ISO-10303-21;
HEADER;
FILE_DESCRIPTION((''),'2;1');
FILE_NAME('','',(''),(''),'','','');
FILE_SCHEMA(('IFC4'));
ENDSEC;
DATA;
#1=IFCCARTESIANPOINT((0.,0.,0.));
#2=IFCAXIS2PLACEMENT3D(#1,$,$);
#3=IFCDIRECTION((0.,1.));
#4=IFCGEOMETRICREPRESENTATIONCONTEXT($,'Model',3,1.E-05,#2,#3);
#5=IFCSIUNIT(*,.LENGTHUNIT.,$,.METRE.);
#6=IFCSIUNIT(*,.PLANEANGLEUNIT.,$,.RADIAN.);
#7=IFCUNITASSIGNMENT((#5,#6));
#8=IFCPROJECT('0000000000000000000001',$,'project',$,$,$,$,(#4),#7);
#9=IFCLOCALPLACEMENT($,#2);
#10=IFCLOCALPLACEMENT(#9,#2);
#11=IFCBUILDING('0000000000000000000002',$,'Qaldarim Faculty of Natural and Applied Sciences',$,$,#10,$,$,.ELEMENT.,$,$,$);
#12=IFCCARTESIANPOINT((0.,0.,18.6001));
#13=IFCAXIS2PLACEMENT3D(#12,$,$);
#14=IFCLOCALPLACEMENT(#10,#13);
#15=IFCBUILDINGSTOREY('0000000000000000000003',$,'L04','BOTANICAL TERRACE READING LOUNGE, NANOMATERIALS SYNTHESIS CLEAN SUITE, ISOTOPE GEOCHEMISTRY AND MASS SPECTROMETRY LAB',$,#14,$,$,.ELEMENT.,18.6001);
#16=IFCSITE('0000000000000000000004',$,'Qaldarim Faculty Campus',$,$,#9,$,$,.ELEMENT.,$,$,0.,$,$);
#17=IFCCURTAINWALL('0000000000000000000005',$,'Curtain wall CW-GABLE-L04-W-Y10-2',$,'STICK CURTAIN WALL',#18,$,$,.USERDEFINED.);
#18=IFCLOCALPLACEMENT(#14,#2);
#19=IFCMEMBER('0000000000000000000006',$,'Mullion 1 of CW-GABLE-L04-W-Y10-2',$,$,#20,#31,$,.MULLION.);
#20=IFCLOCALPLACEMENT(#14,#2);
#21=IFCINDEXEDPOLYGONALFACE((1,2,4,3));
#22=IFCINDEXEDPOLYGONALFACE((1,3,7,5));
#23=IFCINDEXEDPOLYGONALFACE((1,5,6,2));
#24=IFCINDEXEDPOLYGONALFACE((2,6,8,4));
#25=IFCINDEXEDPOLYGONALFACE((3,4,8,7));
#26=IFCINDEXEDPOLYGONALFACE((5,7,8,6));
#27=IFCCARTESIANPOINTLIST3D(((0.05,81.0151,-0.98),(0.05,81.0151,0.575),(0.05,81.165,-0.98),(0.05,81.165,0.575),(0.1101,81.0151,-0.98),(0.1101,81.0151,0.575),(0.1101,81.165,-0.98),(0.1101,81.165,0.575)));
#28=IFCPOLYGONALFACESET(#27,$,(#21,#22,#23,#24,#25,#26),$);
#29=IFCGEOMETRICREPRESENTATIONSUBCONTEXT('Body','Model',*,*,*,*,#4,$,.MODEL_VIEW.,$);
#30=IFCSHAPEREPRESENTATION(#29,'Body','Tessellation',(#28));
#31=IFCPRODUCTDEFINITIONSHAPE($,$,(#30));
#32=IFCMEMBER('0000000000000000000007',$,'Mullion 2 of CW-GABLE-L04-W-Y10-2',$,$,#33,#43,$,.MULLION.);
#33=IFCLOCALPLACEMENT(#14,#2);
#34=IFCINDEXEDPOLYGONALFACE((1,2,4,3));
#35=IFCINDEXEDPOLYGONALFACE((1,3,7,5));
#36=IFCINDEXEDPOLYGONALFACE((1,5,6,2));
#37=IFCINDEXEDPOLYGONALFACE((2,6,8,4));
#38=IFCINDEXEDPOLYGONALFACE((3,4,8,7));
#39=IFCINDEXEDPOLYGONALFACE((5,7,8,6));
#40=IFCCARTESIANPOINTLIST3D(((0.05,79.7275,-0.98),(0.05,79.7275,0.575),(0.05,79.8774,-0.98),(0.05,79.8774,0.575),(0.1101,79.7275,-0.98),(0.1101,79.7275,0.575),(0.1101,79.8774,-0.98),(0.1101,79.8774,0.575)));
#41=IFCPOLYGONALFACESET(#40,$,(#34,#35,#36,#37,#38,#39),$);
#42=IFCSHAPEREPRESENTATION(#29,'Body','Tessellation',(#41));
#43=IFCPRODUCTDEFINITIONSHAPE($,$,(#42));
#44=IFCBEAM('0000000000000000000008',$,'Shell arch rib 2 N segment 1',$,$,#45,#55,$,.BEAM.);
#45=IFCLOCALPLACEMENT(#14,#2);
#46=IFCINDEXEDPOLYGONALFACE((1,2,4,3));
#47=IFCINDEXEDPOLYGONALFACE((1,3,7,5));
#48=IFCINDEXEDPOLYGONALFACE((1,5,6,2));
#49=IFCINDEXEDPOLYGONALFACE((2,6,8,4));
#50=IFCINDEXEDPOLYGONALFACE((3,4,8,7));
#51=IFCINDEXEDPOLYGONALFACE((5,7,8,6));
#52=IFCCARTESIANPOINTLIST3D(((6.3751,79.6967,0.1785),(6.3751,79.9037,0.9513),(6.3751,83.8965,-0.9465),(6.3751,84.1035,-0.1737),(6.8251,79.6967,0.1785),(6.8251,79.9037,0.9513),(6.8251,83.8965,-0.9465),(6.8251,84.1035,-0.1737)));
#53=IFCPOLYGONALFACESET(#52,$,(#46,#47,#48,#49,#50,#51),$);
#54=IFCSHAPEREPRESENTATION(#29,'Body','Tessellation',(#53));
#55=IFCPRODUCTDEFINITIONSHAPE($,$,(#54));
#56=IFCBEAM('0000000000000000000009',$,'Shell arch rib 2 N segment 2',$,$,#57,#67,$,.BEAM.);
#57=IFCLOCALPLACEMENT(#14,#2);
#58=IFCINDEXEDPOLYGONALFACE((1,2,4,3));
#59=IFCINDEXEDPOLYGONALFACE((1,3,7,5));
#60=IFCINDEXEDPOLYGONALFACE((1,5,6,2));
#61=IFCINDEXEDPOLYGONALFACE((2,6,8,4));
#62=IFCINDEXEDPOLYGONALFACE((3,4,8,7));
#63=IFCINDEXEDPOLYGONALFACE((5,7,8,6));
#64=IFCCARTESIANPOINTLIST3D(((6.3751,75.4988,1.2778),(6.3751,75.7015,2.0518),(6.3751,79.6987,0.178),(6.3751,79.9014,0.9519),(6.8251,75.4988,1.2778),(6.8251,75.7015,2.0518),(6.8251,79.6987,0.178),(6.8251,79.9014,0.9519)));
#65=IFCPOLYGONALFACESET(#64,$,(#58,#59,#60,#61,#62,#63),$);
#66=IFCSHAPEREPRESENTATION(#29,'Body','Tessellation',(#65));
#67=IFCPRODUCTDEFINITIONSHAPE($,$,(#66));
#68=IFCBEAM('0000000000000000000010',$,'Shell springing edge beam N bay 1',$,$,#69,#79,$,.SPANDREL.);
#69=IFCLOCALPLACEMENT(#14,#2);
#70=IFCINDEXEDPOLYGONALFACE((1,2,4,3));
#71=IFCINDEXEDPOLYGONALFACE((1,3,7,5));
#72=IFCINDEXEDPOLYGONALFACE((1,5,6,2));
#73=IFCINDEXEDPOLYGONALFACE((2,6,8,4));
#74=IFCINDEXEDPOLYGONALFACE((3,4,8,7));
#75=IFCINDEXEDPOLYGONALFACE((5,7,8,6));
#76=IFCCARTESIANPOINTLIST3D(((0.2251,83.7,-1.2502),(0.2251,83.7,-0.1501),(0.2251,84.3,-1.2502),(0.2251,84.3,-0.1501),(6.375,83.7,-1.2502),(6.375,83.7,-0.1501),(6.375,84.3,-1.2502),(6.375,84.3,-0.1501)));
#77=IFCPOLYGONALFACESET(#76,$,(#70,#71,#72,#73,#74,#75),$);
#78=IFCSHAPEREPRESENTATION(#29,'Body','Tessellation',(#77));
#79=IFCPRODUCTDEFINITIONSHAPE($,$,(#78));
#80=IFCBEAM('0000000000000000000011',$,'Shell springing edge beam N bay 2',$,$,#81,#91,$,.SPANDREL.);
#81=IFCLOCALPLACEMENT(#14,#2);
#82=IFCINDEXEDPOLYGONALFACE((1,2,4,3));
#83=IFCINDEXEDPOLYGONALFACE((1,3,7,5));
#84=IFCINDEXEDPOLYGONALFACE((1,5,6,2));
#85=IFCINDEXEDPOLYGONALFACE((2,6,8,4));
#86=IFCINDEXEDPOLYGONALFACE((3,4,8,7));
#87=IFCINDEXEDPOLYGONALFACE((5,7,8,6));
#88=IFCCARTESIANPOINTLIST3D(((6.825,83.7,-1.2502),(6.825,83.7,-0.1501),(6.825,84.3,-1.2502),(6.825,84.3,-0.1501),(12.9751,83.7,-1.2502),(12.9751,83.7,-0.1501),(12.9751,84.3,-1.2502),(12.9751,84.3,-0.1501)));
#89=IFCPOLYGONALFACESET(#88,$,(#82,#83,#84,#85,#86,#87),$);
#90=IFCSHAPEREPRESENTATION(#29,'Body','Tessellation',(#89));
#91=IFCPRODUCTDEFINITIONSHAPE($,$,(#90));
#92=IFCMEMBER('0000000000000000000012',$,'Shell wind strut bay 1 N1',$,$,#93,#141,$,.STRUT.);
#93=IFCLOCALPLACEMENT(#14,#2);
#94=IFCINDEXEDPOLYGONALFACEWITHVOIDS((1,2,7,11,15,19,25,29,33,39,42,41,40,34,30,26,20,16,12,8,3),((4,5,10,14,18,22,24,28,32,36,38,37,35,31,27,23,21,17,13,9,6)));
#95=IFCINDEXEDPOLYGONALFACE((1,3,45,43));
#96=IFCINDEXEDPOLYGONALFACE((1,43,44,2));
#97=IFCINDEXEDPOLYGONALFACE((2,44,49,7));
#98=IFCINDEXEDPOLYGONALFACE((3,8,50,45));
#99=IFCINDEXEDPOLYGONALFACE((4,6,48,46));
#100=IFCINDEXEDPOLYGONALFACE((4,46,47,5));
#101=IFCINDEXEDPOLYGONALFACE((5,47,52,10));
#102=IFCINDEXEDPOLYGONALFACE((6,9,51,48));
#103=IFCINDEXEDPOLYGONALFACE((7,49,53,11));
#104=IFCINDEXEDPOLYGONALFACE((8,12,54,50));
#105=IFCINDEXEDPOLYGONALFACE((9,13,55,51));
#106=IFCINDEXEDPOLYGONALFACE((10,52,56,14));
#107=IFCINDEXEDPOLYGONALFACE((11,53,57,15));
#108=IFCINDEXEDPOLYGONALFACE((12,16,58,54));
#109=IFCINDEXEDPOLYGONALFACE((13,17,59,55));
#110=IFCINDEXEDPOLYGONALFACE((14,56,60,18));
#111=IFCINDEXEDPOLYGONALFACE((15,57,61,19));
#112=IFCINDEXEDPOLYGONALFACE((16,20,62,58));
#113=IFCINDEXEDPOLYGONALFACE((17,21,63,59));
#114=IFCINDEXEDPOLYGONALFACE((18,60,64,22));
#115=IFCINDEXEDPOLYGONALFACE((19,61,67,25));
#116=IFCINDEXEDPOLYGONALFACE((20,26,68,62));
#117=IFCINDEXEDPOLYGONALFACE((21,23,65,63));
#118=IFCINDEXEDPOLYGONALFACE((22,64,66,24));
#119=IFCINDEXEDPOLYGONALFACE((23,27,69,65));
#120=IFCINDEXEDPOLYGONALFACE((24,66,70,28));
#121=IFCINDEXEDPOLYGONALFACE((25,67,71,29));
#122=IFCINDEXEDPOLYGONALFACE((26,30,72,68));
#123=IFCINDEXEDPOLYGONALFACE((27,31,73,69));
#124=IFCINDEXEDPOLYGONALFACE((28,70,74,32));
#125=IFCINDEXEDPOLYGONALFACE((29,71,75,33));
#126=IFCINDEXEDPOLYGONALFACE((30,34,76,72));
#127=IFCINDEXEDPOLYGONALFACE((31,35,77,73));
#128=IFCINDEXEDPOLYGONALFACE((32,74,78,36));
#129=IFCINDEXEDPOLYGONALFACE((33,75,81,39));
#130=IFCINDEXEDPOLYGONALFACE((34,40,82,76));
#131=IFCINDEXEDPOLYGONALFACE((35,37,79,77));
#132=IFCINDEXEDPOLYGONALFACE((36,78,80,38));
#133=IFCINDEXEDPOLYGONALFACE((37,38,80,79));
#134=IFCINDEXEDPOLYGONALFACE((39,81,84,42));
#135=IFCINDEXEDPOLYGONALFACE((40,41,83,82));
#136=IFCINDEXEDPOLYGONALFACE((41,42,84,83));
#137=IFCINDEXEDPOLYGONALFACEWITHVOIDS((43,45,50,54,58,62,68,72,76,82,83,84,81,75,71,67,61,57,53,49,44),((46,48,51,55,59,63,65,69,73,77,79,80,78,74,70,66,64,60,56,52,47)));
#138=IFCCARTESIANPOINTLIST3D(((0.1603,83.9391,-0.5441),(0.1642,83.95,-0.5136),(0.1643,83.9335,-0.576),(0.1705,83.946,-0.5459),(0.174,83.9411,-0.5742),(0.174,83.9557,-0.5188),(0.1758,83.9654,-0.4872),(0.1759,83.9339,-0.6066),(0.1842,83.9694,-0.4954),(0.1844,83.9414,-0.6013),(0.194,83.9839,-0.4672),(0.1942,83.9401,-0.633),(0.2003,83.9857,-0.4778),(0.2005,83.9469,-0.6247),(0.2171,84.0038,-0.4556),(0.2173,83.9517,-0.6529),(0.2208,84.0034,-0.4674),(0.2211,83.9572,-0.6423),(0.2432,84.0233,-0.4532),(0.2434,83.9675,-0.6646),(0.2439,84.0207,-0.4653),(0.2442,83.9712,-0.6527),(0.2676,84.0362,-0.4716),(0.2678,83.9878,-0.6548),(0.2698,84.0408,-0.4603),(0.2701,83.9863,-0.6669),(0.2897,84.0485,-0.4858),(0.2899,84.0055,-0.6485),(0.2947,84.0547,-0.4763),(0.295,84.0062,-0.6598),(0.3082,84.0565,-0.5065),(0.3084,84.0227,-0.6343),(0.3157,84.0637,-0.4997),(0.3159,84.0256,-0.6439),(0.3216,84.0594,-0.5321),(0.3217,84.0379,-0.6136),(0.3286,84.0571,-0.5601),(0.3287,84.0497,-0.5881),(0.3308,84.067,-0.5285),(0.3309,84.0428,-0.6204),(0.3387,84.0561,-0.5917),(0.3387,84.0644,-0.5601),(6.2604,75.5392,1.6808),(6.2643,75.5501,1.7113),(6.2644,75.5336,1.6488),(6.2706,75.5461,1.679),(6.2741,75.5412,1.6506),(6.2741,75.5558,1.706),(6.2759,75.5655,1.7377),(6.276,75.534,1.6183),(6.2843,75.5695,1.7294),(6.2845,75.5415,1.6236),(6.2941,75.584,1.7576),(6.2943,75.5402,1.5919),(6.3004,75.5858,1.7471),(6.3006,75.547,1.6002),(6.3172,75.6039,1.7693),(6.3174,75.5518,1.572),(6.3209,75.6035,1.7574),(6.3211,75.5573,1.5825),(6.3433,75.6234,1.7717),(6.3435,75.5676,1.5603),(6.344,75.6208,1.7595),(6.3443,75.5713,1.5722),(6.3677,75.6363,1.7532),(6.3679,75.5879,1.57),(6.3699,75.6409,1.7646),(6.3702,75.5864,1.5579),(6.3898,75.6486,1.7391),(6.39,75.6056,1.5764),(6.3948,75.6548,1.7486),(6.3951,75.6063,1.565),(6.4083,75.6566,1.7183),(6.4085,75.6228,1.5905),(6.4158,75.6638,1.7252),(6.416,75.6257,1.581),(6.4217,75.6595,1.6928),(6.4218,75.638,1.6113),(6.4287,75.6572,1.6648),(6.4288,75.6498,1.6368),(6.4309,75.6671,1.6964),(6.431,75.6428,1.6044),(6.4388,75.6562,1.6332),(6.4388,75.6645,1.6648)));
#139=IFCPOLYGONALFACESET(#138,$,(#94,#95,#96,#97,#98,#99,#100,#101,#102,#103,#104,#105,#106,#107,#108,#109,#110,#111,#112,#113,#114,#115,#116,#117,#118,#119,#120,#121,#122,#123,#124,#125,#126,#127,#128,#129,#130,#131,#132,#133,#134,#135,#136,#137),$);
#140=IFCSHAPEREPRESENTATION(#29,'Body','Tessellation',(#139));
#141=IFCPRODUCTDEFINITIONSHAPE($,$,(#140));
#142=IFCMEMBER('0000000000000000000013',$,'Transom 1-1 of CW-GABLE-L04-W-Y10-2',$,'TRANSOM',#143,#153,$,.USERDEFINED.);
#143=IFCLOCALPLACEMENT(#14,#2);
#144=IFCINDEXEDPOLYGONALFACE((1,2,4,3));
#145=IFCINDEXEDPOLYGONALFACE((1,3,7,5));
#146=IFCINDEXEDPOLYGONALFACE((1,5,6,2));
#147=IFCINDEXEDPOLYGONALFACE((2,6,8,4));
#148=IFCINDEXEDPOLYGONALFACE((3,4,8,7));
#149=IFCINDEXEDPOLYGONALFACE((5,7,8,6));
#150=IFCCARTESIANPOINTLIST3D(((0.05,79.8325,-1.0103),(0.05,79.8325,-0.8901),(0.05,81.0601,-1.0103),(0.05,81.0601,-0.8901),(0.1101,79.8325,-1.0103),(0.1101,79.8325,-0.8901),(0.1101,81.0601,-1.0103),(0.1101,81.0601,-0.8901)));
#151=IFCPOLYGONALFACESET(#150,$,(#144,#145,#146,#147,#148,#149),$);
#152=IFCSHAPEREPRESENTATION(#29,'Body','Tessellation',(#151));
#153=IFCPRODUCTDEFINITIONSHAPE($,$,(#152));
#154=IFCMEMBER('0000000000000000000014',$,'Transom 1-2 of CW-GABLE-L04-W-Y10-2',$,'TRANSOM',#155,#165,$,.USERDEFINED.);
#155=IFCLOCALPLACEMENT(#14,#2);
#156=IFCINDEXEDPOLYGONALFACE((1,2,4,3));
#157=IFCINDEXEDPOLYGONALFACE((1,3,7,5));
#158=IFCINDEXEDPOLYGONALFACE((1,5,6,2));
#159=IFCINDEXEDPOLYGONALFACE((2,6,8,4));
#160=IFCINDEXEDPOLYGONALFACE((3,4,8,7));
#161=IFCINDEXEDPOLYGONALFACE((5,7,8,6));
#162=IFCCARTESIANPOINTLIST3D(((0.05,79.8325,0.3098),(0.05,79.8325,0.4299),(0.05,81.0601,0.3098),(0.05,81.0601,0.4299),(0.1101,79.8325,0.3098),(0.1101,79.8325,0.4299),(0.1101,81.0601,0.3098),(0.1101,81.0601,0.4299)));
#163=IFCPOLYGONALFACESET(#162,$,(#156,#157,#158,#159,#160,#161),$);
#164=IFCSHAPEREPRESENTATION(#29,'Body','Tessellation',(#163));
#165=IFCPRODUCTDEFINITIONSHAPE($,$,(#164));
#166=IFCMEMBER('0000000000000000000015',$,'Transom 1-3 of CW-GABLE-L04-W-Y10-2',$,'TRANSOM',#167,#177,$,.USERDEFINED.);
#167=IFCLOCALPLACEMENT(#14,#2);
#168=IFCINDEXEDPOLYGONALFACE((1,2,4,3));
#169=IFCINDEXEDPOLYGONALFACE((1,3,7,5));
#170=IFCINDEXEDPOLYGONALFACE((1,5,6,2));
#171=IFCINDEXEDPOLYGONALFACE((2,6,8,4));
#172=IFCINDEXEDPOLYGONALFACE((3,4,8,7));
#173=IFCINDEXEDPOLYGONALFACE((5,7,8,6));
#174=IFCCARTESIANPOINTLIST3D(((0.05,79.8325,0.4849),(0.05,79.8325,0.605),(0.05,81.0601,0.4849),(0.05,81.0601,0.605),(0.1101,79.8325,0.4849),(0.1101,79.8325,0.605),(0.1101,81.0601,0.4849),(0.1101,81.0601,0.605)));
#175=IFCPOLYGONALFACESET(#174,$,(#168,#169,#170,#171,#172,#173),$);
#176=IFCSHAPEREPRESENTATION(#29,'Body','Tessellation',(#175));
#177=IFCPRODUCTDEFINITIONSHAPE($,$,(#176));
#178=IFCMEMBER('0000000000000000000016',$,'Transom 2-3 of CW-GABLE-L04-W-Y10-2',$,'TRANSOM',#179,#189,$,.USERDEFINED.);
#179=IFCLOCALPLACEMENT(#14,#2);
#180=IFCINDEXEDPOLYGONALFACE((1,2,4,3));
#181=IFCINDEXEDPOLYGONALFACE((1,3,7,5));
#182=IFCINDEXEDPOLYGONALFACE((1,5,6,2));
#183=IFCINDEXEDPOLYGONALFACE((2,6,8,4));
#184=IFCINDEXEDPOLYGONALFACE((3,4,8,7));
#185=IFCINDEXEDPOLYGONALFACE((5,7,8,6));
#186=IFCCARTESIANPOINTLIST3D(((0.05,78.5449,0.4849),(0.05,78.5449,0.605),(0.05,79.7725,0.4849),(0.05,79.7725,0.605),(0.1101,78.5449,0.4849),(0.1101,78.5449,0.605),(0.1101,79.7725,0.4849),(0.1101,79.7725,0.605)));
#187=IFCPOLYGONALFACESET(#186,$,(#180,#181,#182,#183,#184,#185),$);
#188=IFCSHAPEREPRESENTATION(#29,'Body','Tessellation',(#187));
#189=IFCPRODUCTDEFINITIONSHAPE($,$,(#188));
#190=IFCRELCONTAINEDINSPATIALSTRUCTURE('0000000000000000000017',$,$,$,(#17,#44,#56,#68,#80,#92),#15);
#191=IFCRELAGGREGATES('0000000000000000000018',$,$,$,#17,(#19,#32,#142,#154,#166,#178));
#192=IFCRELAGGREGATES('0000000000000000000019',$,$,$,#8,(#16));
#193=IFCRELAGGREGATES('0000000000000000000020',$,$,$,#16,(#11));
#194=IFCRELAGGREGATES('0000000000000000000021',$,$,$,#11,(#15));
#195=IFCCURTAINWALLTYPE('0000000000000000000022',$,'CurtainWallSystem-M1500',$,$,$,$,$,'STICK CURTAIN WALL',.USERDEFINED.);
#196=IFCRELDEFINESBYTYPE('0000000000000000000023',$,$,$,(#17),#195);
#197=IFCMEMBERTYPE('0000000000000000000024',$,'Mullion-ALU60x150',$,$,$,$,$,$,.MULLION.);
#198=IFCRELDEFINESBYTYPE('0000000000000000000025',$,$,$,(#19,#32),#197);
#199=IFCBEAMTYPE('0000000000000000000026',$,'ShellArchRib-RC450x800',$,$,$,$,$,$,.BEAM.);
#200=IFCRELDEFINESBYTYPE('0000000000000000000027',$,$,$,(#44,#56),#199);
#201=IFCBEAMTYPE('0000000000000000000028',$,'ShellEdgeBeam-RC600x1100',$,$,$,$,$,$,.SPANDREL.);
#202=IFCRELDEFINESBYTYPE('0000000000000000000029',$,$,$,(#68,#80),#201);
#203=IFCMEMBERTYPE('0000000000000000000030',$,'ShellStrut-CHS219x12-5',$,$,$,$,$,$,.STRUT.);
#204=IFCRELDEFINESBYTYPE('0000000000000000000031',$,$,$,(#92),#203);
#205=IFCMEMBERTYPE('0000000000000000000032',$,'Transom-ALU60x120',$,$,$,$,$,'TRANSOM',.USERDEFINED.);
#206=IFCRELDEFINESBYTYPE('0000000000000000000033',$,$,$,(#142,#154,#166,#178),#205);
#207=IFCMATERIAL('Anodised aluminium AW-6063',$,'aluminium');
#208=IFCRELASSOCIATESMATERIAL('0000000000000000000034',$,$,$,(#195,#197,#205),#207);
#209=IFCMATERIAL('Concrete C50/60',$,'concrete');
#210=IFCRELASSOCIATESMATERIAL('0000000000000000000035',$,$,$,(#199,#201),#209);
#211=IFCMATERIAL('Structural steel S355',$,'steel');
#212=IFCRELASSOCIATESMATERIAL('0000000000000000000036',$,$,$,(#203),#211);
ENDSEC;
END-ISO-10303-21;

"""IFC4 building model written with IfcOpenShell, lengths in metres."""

from ifc_helpers import new_model, si_unit, direction, frame, origin, origin_2d, place, context, subcontext, project, spatial, rectangle, hollow_circle, extrude, material, material_profile, profile_set, type_object, element, aggregate, save


model = new_model("IFC4")

# Units and contexts
model_context = context("Model", 3, precision=1e-05, world=origin(), true_north=direction((0.0, 1.0)))
body_context = subcontext(model_context, "Body", "Model", "MODEL_VIEW")
ifc_project = project(units=[si_unit("LENGTHUNIT", "METRE"), si_unit("PLANEANGLEUNIT", "RADIAN")], contexts=[model_context])

# Site, building, storey
site_placement = place(None, origin())
site = spatial("IfcSite", under=ifc_project, at=site_placement, Name="Qaldarim Faculty Campus", CompositionType="ELEMENT", RefElevation=0.0)
building_placement = place(site_placement, origin())
building = spatial("IfcBuilding", under=site, at=building_placement, Name="Qaldarim Faculty of Natural and Applied Sciences", CompositionType="ELEMENT")
storey_placement = place(building_placement, frame((0.0, 0.0, 18.6001)))
storey = spatial("IfcBuildingStorey", under=building, at=storey_placement, Name="L04", Description="BOTANICAL TERRACE READING LOUNGE, NANOMATERIALS SYNTHESIS CLEAN SUITE, ISOTOPE GEOCHEMISTRY AND MASS SPECTROMETRY LAB", CompositionType="ELEMENT", Elevation=18.6001)

# Curtain wall, members
ifc_material_1 = material(Name="Anodised aluminium AW-6063", Category="aluminium")
curtain_wall_type = type_object("IfcCurtainWallType", Name="CurtainWallSystem-M1500", ElementType="STICK CURTAIN WALL", PredefinedType="USERDEFINED", material=ifc_material_1)
curtain_wall_placement = place(storey_placement, origin())
curtain_wall = element("IfcCurtainWall", 1, at=curtain_wall_placement, inside=storey, type_object=curtain_wall_type, Name="Curtain wall CW-GABLE-L04-W-Y10-2", ObjectType="STICK CURTAIN WALL", PredefinedType="USERDEFINED")
ifc_material_profile_1 = material_profile(ifc_material_1, rectangle(XDim=0.0601, YDim=0.1499, at=origin_2d()), Name="ALU-M60x150")
ifc_profile_set_1 = profile_set([ifc_material_profile_1], Name="Anodised aluminium AW-6063")
member_type_1 = type_object("IfcMemberType", Name="Mullion-ALU60x150", PredefinedType="MULLION", material=ifc_profile_set_1)
member_1_placement = place(storey_placement, frame((0.0801, 81.0901, -0.98), z_axis=(0.0, 0.0, 1.0), x_axis=(1.0, 0.0, 0.0)))
member_1 = element("IfcMember", 2, at=member_1_placement, type_object=member_type_1, Name="Mullion 1 of CW-GABLE-L04-W-Y10-2", PredefinedType="MULLION", context=body_context, shape_type="SweptSolid", body=[
    extrude(rectangle(XDim=0.0601, YDim=0.1499, at=origin_2d()), origin(), (0.0, 0.0, 1.0), 1.5549),
])
member_2_placement = place(storey_placement, frame((0.0801, 79.8025, -0.98), z_axis=(0.0, 0.0, 1.0), x_axis=(1.0, 0.0, 0.0)))
member_2 = element("IfcMember", 3, at=member_2_placement, type_object=member_type_1, Name="Mullion 2 of CW-GABLE-L04-W-Y10-2", PredefinedType="MULLION", context=body_context, shape_type="SweptSolid", body=[
    extrude(rectangle(XDim=0.0601, YDim=0.1499, at=origin_2d()), origin(), (0.0, 0.0, 1.0), 1.5549),
])

# Beams
ifc_material_2 = material(Name="Concrete C50/60", Category="concrete")
ifc_material_profile_2 = material_profile(ifc_material_2, rectangle(XDim=0.45, YDim=0.8, at=origin_2d()), Name="RC-RIB450x800")
ifc_profile_set_2 = profile_set([ifc_material_profile_2], Name="Concrete C50/60")
beam_type_1 = type_object("IfcBeamType", Name="ShellArchRib-RC450x800", PredefinedType="BEAM", material=ifc_profile_set_2)
beam_1_placement = place(storey_placement, frame((6.6001, 84.0, -0.5601), z_axis=(0.0, -0.965947, 0.258739), x_axis=(1.0, 0.0, 0.0)))
element("IfcBeam", 4, at=beam_1_placement, inside=storey, type_object=beam_type_1, Name="Shell arch rib 2 N segment 1", PredefinedType="BEAM", context=body_context, shape_type="SweptSolid", body=[
    extrude(rectangle(XDim=0.45, YDim=0.8, at=origin_2d()), origin(), (0.0, 0.0, 1.0), 4.3479),
])
beam_2_placement = place(storey_placement, frame((6.6001, 79.8, 0.5649), z_axis=(0.0, -0.96738, 0.253331), x_axis=(1.0, 0.0, 0.0)))
element("IfcBeam", 5, at=beam_2_placement, inside=storey, type_object=beam_type_1, Name="Shell arch rib 2 N segment 2", PredefinedType="BEAM", context=body_context, shape_type="SweptSolid", body=[
    extrude(rectangle(XDim=0.45, YDim=0.8, at=origin_2d()), origin(), (0.0, 0.0, 1.0), 4.3416),
])
ifc_material_profile_3 = material_profile(ifc_material_2, rectangle(XDim=0.6001, YDim=1.1001, at=origin_2d()), Name="RC-EB600x1100")
ifc_profile_set_3 = profile_set([ifc_material_profile_3], Name="Concrete C50/60")
beam_type_2 = type_object("IfcBeamType", Name="ShellEdgeBeam-RC600x1100", PredefinedType="SPANDREL", material=ifc_profile_set_3)
beam_3_placement = place(storey_placement, frame((0.2251, 84.0, -0.7002), z_axis=(1.0, 0.0, 0.0), x_axis=(0.0, 1.0, 0.0)))
element("IfcBeam", 6, at=beam_3_placement, inside=storey, type_object=beam_type_2, Name="Shell springing edge beam N bay 1", PredefinedType="SPANDREL", context=body_context, shape_type="SweptSolid", body=[
    extrude(rectangle(XDim=0.6001, YDim=1.1001, at=origin_2d()), origin(), (0.0, 0.0, 1.0), 6.1499),
])
beam_4_placement = place(storey_placement, frame((6.825, 84.0, -0.7002), z_axis=(1.0, 0.0, 0.0), x_axis=(0.0, 1.0, 0.0)))
element("IfcBeam", 7, at=beam_4_placement, inside=storey, type_object=beam_type_2, Name="Shell springing edge beam N bay 2", PredefinedType="SPANDREL", context=body_context, shape_type="SweptSolid", body=[
    extrude(rectangle(XDim=0.6001, YDim=1.1001, at=origin_2d()), origin(), (0.0, 0.0, 1.0), 6.1501),
])

# Members
ifc_material_3 = material(Name="Structural steel S355", Category="steel")
ifc_material_profile_4 = material_profile(ifc_material_3, hollow_circle(Radius=0.1096, WallThickness=0.0125, at=origin_2d()), Name="CHS 219.1x12.5")
ifc_profile_set_4 = profile_set([ifc_material_profile_4], Name="Structural steel S355")
member_type_2 = type_object("IfcMemberType", Name="ShellStrut-CHS219x12-5", PredefinedType="STRUT", material=ifc_profile_set_4)
member_3_placement = place(storey_placement, frame((0.25, 84.0, -0.5601), z_axis=(0.574562, -0.791179, 0.209557), x_axis=(0.809145, 0.587609, 0.0)))
element("IfcMember", 8, at=member_3_placement, inside=storey, type_object=member_type_2, Name="Shell wind strut bay 1 N1", PredefinedType="STRUT", context=body_context, shape_type="SweptSolid", body=[
    extrude(hollow_circle(Radius=0.1096, WallThickness=0.0125, at=origin_2d()), origin(), (0.0, 0.0, 1.0), 10.6169),
])
ifc_material_profile_5 = material_profile(ifc_material_1, rectangle(XDim=0.0601, YDim=0.1201, at=origin_2d()), Name="ALU-T60x120")
ifc_profile_set_5 = profile_set([ifc_material_profile_5], Name="Anodised aluminium AW-6063")
member_type_3 = type_object("IfcMemberType", Name="Transom-ALU60x120", ElementType="TRANSOM", PredefinedType="USERDEFINED", material=ifc_profile_set_5)
member_4_placement = place(storey_placement, frame((0.0801, 81.0601, -0.9502), z_axis=(0.0, -1.0, 0.0), x_axis=(1.0, 0.0, 0.0)))
member_4 = element("IfcMember", 9, at=member_4_placement, type_object=member_type_3, Name="Transom 1-1 of CW-GABLE-L04-W-Y10-2", ObjectType="TRANSOM", PredefinedType="USERDEFINED", context=body_context, shape_type="SweptSolid", body=[
    extrude(rectangle(XDim=0.0601, YDim=0.1201, at=origin_2d()), origin(), (0.0, 0.0, 1.0), 1.2275),
])
member_5_placement = place(storey_placement, frame((0.0801, 81.0601, 0.3699), z_axis=(0.0, -1.0, 0.0), x_axis=(1.0, 0.0, 0.0)))
member_5 = element("IfcMember", 10, at=member_5_placement, type_object=member_type_3, Name="Transom 1-2 of CW-GABLE-L04-W-Y10-2", ObjectType="TRANSOM", PredefinedType="USERDEFINED", context=body_context, shape_type="SweptSolid", body=[
    extrude(rectangle(XDim=0.0601, YDim=0.1201, at=origin_2d()), origin(), (0.0, 0.0, 1.0), 1.2275),
])
member_6_placement = place(storey_placement, frame((0.0801, 81.0601, 0.5449), z_axis=(0.0, -1.0, 0.0), x_axis=(1.0, 0.0, 0.0)))
member_6 = element("IfcMember", 11, at=member_6_placement, type_object=member_type_3, Name="Transom 1-3 of CW-GABLE-L04-W-Y10-2", ObjectType="TRANSOM", PredefinedType="USERDEFINED", context=body_context, shape_type="SweptSolid", body=[
    extrude(rectangle(XDim=0.0601, YDim=0.1201, at=origin_2d()), origin(), (0.0, 0.0, 1.0), 1.2275),
])
member_7_placement = place(storey_placement, frame((0.0801, 79.7725, 0.5449), z_axis=(0.0, -1.0, 0.0), x_axis=(1.0, 0.0, 0.0)))
member_7 = element("IfcMember", 12, at=member_7_placement, type_object=member_type_3, Name="Transom 2-3 of CW-GABLE-L04-W-Y10-2", ObjectType="TRANSOM", PredefinedType="USERDEFINED", context=body_context, shape_type="SweptSolid", body=[
    extrude(rectangle(XDim=0.0601, YDim=0.1201, at=origin_2d()), origin(), (0.0, 0.0, 1.0), 1.2275),
])

aggregate(curtain_wall, [member_1, member_2, member_4, member_5, member_6, member_7])

save(model, "model.ifc")
